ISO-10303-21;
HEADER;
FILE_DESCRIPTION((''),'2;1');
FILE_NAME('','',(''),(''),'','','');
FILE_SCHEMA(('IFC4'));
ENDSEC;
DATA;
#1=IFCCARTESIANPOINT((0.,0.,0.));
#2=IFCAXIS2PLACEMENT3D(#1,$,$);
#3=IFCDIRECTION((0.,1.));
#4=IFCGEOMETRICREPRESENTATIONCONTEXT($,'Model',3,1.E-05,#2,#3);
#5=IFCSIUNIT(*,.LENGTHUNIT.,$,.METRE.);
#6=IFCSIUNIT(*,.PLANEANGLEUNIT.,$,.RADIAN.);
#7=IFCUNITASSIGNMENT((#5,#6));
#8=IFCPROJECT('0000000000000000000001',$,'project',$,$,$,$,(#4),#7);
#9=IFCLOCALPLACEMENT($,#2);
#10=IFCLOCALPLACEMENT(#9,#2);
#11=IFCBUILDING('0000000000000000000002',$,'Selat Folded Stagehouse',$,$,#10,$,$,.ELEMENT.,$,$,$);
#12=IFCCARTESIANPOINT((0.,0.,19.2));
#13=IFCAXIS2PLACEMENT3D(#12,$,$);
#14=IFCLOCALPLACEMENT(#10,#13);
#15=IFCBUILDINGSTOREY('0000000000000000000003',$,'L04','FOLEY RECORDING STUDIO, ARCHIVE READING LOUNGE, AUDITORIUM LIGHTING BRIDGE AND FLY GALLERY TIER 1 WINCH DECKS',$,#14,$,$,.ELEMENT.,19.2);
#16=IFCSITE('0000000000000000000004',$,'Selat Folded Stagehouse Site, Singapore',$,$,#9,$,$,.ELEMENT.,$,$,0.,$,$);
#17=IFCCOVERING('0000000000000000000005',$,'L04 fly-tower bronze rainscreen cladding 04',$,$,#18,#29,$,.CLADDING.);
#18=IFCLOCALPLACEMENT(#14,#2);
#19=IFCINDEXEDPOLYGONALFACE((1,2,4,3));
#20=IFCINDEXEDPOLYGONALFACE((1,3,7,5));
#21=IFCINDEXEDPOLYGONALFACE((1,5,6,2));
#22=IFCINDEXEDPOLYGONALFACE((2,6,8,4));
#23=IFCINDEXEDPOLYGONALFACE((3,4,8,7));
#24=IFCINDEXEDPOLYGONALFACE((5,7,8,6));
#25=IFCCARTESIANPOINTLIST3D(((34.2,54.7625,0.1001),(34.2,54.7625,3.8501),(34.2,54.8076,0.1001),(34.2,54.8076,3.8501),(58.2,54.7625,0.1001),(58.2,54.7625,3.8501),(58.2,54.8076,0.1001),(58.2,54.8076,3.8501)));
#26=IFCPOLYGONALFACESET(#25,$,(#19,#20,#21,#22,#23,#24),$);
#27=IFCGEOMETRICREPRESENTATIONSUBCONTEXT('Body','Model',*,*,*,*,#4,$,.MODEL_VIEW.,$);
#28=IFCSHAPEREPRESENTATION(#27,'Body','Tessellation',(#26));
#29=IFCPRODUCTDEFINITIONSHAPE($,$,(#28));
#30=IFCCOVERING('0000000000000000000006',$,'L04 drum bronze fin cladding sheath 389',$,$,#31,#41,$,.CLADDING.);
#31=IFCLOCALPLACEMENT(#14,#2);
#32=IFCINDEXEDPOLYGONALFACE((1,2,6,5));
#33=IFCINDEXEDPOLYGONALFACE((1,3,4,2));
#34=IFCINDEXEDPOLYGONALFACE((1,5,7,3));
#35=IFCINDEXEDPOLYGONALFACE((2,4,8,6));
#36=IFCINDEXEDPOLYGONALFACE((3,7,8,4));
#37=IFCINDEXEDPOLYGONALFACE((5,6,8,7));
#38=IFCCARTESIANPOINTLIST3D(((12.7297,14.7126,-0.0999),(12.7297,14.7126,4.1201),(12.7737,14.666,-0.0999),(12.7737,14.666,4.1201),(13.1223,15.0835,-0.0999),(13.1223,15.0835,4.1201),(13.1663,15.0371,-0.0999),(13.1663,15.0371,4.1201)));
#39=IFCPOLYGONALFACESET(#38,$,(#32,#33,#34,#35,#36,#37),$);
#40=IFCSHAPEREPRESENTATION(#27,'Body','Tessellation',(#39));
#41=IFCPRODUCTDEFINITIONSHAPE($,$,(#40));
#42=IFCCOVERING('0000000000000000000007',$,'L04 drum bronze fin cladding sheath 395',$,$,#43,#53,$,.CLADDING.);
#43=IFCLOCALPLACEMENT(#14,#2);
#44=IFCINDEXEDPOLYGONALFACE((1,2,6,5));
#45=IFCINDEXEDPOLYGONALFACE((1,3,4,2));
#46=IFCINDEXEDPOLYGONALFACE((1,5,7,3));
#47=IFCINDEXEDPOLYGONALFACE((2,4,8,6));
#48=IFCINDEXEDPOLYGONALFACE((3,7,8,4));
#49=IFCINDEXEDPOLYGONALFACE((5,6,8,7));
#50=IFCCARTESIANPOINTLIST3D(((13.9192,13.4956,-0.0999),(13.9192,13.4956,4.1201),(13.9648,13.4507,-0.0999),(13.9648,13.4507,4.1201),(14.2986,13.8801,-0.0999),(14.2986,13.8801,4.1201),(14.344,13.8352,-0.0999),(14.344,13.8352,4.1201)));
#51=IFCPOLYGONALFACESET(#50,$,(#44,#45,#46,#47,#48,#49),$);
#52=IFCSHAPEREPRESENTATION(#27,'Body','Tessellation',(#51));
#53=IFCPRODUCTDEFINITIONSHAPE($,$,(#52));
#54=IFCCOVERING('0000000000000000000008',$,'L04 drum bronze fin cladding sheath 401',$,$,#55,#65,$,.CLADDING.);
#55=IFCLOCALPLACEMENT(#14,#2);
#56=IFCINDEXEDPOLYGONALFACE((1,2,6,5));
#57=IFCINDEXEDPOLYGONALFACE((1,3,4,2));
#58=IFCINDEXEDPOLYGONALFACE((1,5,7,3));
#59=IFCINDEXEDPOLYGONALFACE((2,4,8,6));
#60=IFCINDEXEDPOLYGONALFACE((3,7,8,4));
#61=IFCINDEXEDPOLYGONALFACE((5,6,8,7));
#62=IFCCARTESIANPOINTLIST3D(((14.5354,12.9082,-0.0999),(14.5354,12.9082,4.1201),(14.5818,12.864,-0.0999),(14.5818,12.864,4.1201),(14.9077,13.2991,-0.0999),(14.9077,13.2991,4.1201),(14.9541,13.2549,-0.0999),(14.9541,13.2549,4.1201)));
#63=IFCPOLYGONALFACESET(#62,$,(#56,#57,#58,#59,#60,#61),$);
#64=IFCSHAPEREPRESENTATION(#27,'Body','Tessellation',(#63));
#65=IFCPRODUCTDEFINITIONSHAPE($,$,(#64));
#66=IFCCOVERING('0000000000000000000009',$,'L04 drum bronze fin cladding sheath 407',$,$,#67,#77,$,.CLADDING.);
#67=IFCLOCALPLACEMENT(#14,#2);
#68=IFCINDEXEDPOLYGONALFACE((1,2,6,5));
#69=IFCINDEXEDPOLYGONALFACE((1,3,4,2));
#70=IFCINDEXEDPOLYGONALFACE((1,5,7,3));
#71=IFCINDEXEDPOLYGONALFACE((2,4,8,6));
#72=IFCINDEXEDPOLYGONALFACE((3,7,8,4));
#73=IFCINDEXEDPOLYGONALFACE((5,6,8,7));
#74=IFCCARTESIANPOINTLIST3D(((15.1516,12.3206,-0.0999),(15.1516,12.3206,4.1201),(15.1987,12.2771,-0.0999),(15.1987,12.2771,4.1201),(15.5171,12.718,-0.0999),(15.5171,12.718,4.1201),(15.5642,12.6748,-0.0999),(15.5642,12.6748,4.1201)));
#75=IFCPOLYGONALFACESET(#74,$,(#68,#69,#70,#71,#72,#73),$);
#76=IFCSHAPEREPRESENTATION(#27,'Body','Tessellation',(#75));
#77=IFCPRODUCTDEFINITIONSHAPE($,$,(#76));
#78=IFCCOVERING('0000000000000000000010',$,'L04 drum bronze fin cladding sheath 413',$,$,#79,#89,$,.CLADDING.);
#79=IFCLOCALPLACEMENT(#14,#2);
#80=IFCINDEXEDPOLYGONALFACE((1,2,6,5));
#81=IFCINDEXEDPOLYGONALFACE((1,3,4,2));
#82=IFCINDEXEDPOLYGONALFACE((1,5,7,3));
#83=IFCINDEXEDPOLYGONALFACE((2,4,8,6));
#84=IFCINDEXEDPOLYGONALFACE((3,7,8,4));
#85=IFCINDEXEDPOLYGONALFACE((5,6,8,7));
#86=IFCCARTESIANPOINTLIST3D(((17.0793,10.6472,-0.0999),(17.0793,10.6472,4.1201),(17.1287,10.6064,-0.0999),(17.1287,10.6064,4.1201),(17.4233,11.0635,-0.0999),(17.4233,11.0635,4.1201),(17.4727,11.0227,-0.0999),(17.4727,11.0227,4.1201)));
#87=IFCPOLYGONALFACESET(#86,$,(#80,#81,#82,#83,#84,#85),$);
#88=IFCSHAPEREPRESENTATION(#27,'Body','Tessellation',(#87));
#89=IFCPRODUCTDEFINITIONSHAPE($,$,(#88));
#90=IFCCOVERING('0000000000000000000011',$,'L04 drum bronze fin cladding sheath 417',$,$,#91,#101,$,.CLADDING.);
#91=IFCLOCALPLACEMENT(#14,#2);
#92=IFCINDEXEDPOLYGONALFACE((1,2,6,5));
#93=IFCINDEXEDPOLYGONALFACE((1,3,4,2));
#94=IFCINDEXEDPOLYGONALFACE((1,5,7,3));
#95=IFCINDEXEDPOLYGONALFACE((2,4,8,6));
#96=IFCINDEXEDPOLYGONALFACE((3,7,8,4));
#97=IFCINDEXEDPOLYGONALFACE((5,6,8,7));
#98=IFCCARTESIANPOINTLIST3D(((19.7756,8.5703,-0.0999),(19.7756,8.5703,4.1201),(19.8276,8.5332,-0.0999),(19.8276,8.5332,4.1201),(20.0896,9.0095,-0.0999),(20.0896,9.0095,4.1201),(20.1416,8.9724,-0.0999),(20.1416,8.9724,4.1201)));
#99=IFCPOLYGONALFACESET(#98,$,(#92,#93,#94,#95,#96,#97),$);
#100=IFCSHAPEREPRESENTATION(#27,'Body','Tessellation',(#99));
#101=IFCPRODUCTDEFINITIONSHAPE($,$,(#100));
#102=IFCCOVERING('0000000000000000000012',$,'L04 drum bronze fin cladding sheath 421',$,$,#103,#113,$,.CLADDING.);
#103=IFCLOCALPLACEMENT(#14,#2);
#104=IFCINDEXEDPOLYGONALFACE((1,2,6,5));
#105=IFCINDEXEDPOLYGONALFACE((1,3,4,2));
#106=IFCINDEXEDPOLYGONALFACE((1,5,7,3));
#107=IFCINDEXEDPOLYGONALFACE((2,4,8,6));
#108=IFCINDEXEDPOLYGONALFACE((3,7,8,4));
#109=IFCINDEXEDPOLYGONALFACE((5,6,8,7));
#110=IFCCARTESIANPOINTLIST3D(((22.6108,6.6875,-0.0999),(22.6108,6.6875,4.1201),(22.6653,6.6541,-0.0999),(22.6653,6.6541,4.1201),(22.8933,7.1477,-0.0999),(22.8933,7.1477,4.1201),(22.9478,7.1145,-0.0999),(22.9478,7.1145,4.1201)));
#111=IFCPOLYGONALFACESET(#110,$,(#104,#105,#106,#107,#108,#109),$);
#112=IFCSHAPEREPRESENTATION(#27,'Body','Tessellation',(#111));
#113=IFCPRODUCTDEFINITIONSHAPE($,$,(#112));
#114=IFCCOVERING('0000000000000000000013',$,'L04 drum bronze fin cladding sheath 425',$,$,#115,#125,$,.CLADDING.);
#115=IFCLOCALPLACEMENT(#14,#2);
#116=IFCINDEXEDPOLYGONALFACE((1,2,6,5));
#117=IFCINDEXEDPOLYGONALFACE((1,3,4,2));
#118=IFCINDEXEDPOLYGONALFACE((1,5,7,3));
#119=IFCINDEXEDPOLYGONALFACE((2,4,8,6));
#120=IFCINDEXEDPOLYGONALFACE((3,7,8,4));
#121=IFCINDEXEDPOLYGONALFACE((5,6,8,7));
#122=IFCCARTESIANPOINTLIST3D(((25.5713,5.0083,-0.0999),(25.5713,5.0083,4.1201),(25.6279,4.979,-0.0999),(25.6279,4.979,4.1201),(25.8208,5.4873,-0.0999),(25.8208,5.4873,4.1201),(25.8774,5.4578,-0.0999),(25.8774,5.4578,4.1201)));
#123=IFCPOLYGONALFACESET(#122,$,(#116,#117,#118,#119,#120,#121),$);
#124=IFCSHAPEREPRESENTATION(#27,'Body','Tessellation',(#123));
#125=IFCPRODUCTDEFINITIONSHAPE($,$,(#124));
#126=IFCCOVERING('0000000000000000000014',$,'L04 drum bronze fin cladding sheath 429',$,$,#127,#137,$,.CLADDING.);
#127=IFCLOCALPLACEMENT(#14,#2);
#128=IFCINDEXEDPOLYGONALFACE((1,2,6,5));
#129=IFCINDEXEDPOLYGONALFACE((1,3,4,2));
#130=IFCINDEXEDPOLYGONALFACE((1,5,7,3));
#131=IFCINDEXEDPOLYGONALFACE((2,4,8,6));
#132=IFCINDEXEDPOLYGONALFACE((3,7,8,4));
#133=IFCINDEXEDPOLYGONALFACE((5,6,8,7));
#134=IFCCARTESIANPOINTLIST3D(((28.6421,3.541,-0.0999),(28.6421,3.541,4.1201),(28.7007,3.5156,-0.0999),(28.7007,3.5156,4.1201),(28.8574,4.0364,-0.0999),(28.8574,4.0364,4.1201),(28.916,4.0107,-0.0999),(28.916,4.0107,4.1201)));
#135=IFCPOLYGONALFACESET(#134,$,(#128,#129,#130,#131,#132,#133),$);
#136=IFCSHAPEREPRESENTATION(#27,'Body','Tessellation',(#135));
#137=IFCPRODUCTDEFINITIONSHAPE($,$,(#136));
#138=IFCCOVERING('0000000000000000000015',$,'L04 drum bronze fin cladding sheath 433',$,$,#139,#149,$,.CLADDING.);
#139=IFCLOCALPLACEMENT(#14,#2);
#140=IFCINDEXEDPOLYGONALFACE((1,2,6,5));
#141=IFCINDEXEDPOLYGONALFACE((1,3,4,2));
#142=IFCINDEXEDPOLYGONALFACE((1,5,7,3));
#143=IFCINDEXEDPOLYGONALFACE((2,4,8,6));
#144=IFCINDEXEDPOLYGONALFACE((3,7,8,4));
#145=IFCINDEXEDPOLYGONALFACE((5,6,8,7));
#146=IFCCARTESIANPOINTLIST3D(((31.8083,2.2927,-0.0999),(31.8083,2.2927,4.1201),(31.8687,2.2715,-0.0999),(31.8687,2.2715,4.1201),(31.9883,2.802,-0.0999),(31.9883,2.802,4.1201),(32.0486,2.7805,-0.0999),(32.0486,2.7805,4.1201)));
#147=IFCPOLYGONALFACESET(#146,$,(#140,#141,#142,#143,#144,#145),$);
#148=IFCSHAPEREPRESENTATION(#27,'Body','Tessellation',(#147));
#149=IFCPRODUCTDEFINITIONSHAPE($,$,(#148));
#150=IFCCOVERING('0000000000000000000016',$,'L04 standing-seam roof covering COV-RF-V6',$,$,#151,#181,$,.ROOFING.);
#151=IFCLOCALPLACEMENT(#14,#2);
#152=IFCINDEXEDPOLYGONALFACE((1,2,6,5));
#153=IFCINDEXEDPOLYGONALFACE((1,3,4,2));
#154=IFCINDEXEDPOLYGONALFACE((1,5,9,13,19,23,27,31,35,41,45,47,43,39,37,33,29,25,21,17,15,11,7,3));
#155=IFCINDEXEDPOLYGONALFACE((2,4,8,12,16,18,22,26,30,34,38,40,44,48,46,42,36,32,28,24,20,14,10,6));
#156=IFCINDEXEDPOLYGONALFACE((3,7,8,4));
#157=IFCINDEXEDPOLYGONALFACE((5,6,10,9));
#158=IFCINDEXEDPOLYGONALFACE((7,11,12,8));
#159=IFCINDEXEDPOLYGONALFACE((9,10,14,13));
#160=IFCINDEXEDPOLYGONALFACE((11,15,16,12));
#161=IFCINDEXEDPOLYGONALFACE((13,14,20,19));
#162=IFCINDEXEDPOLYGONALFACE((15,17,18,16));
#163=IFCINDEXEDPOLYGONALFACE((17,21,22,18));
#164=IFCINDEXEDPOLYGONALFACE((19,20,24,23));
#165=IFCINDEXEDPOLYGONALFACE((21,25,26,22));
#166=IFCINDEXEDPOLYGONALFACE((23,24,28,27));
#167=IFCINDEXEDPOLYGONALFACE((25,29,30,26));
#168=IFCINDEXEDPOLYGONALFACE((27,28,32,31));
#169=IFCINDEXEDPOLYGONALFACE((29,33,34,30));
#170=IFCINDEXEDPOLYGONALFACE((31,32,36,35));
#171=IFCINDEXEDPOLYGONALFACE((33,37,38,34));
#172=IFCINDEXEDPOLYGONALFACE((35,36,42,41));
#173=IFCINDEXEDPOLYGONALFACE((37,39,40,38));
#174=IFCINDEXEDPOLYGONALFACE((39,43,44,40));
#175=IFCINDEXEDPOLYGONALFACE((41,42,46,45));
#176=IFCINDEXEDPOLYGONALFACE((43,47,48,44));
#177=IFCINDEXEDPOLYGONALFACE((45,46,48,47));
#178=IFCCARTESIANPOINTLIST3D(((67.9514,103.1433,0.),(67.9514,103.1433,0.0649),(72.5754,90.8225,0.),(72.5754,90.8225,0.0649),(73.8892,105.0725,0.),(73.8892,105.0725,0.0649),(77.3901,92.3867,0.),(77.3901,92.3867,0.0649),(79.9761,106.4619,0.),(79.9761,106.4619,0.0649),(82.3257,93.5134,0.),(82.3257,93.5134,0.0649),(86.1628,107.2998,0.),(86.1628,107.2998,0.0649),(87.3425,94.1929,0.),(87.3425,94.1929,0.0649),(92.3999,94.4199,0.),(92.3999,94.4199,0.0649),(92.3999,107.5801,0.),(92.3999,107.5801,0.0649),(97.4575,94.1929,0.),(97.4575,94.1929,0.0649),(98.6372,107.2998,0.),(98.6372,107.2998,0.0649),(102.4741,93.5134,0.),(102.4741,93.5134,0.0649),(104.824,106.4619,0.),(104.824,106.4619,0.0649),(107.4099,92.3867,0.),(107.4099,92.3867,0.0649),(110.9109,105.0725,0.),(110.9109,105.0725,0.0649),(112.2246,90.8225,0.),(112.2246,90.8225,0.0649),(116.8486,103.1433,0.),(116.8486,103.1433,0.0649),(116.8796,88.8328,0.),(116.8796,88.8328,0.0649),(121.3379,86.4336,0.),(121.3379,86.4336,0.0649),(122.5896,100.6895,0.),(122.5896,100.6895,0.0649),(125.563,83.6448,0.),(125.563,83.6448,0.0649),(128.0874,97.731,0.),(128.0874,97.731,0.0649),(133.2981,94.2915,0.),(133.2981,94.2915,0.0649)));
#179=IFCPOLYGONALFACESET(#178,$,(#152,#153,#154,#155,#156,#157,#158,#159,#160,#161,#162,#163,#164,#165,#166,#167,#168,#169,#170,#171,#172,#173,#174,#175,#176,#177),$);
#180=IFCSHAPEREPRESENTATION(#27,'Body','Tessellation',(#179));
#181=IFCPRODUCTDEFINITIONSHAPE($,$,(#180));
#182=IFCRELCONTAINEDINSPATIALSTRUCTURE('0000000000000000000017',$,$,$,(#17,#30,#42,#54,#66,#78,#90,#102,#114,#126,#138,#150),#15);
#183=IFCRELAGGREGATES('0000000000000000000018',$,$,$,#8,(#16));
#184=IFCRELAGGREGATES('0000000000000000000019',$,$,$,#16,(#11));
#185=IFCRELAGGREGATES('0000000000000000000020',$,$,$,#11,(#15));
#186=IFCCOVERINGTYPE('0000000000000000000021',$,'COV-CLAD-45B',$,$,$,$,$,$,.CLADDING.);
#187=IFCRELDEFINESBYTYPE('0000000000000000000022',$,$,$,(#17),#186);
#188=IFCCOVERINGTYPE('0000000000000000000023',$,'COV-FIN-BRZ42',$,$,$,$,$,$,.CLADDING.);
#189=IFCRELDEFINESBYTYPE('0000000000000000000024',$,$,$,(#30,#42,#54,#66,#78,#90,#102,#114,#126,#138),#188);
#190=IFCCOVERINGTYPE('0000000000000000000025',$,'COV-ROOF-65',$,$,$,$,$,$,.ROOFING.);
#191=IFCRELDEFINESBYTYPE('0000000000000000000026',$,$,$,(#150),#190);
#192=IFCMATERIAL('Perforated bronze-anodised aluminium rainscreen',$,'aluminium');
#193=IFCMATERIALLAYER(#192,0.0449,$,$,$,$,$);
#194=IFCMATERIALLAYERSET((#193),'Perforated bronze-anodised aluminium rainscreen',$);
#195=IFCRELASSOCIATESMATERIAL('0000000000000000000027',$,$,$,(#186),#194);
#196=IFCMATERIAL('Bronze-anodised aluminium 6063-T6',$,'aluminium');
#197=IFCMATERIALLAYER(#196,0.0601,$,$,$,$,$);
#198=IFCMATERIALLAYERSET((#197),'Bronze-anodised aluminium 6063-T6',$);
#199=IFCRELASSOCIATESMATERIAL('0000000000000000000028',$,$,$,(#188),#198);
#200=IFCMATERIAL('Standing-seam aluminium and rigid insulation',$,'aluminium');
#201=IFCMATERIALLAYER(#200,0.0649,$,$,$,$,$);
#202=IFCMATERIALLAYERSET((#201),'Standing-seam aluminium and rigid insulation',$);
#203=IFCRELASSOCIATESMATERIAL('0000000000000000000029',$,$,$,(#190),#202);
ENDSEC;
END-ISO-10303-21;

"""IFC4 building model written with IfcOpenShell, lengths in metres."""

from ifc_helpers import new_model, si_unit, direction, frame, origin, place, context, subcontext, project, spatial, polyline, outline, extrude, material, layer, layer_set, type_object, element, save


model = new_model("IFC4")

# Units and contexts
model_context = context("Model", 3, precision=1e-05, world=origin(), true_north=direction((0.0, 1.0)))
body_context = subcontext(model_context, "Body", "Model", "MODEL_VIEW")
ifc_project = project(units=[si_unit("LENGTHUNIT", "METRE"), si_unit("PLANEANGLEUNIT", "RADIAN")], contexts=[model_context])

# Site, building, storey
site_placement = place(None, origin())
site = spatial("IfcSite", under=ifc_project, at=site_placement, Name="Selat Folded Stagehouse Site, Singapore", CompositionType="ELEMENT", RefElevation=0.0)
building_placement = place(site_placement, origin())
building = spatial("IfcBuilding", under=site, at=building_placement, Name="Selat Folded Stagehouse", CompositionType="ELEMENT")
storey_placement = place(building_placement, frame((0.0, 0.0, 19.2)))
storey = spatial("IfcBuildingStorey", under=building, at=storey_placement, Name="L04", Description="FOLEY RECORDING STUDIO, ARCHIVE READING LOUNGE, AUDITORIUM LIGHTING BRIDGE AND FLY GALLERY TIER 1 WINCH DECKS", CompositionType="ELEMENT", Elevation=19.2)

# Coverings
ifc_material_1 = material(Name="Perforated bronze-anodised aluminium rainscreen", Category="aluminium")
ifc_layer_1 = layer(ifc_material_1, 0.0449)
ifc_layer_set_1 = layer_set([ifc_layer_1], Name="Perforated bronze-anodised aluminium rainscreen")
covering_type_1 = type_object("IfcCoveringType", Name="COV-CLAD-45B", PredefinedType="CLADDING", material=ifc_layer_set_1)
covering_1_placement = place(storey_placement, frame((0.0, 0.0, 0.1001)))
element("IfcCovering", 1, at=covering_1_placement, inside=storey, type_object=covering_type_1, Name="L04 fly-tower bronze rainscreen cladding 04", PredefinedType="CLADDING", context=body_context, shape_type="SweptSolid", body=[
    extrude(outline(polyline([(34.2, 54.7625), (58.2, 54.7625), (58.2, 54.8076), (34.2, 54.8076), (34.2, 54.7625)])), origin(), (0.0, 0.0, 1.0), 3.75),
])
ifc_material_2 = material(Name="Bronze-anodised aluminium 6063-T6", Category="aluminium")
ifc_layer_2 = layer(ifc_material_2, 0.0601)
ifc_layer_set_2 = layer_set([ifc_layer_2], Name="Bronze-anodised aluminium 6063-T6")
covering_type_2 = type_object("IfcCoveringType", Name="COV-FIN-BRZ42", PredefinedType="CLADDING", material=ifc_layer_set_2)
covering_2_placement = place(storey_placement, frame((0.0, 0.0, -0.0999)))
element("IfcCovering", 2, at=covering_2_placement, inside=storey, type_object=covering_type_2, Name="L04 drum bronze fin cladding sheath 389", PredefinedType="CLADDING", context=body_context, shape_type="SweptSolid", body=[
    extrude(outline(polyline([(13.1223, 15.0835), (12.7297, 14.7126), (12.7737, 14.666), (13.1663, 15.0371), (13.1223, 15.0835)])), origin(), (0.0, 0.0, 1.0), 4.22),
])
covering_3_placement = place(storey_placement, frame((0.0, 0.0, -0.0999)))
element("IfcCovering", 3, at=covering_3_placement, inside=storey, type_object=covering_type_2, Name="L04 drum bronze fin cladding sheath 395", PredefinedType="CLADDING", context=body_context, shape_type="SweptSolid", body=[
    extrude(outline(polyline([(14.2986, 13.8801), (13.9192, 13.4956), (13.9648, 13.4507), (14.344, 13.8352), (14.2986, 13.8801)])), origin(), (0.0, 0.0, 1.0), 4.22),
])
covering_4_placement = place(storey_placement, frame((0.0, 0.0, -0.0999)))
element("IfcCovering", 4, at=covering_4_placement, inside=storey, type_object=covering_type_2, Name="L04 drum bronze fin cladding sheath 401", PredefinedType="CLADDING", context=body_context, shape_type="SweptSolid", body=[
    extrude(outline(polyline([(14.9077, 13.2991), (14.5354, 12.9082), (14.5818, 12.864), (14.9541, 13.2549), (14.9077, 13.2991)])), origin(), (0.0, 0.0, 1.0), 4.22),
])
covering_5_placement = place(storey_placement, frame((0.0, 0.0, -0.0999)))
element("IfcCovering", 5, at=covering_5_placement, inside=storey, type_object=covering_type_2, Name="L04 drum bronze fin cladding sheath 407", PredefinedType="CLADDING", context=body_context, shape_type="SweptSolid", body=[
    extrude(outline(polyline([(15.5171, 12.718), (15.1516, 12.3206), (15.1987, 12.2771), (15.5642, 12.6748), (15.5171, 12.718)])), origin(), (0.0, 0.0, 1.0), 4.22),
])
covering_6_placement = place(storey_placement, frame((0.0, 0.0, -0.0999)))
element("IfcCovering", 6, at=covering_6_placement, inside=storey, type_object=covering_type_2, Name="L04 drum bronze fin cladding sheath 413", PredefinedType="CLADDING", context=body_context, shape_type="SweptSolid", body=[
    extrude(outline(polyline([(17.4233, 11.0635), (17.0793, 10.6472), (17.1287, 10.6064), (17.4727, 11.0227), (17.4233, 11.0635)])), origin(), (0.0, 0.0, 1.0), 4.22),
])
covering_7_placement = place(storey_placement, frame((0.0, 0.0, -0.0999)))
element("IfcCovering", 7, at=covering_7_placement, inside=storey, type_object=covering_type_2, Name="L04 drum bronze fin cladding sheath 417", PredefinedType="CLADDING", context=body_context, shape_type="SweptSolid", body=[
    extrude(outline(polyline([(20.0896, 9.0095), (19.7756, 8.5703), (19.8276, 8.5332), (20.1416, 8.9724), (20.0896, 9.0095)])), origin(), (0.0, 0.0, 1.0), 4.22),
])
covering_8_placement = place(storey_placement, frame((0.0, 0.0, -0.0999)))
element("IfcCovering", 8, at=covering_8_placement, inside=storey, type_object=covering_type_2, Name="L04 drum bronze fin cladding sheath 421", PredefinedType="CLADDING", context=body_context, shape_type="SweptSolid", body=[
    extrude(outline(polyline([(22.8933, 7.1477), (22.6108, 6.6875), (22.6653, 6.6541), (22.9478, 7.1145), (22.8933, 7.1477)])), origin(), (0.0, 0.0, 1.0), 4.22),
])
covering_9_placement = place(storey_placement, frame((0.0, 0.0, -0.0999)))
element("IfcCovering", 9, at=covering_9_placement, inside=storey, type_object=covering_type_2, Name="L04 drum bronze fin cladding sheath 425", PredefinedType="CLADDING", context=body_context, shape_type="SweptSolid", body=[
    extrude(outline(polyline([(25.8208, 5.4873), (25.5713, 5.0083), (25.6279, 4.979), (25.8774, 5.4578), (25.8208, 5.4873)])), origin(), (0.0, 0.0, 1.0), 4.22),
])
covering_10_placement = place(storey_placement, frame((0.0, 0.0, -0.0999)))
element("IfcCovering", 10, at=covering_10_placement, inside=storey, type_object=covering_type_2, Name="L04 drum bronze fin cladding sheath 429", PredefinedType="CLADDING", context=body_context, shape_type="SweptSolid", body=[
    extrude(outline(polyline([(28.8574, 4.0364), (28.6421, 3.541), (28.7007, 3.5156), (28.916, 4.0107), (28.8574, 4.0364)])), origin(), (0.0, 0.0, 1.0), 4.22),
])
covering_11_placement = place(storey_placement, frame((0.0, 0.0, -0.0999)))
element("IfcCovering", 11, at=covering_11_placement, inside=storey, type_object=covering_type_2, Name="L04 drum bronze fin cladding sheath 433", PredefinedType="CLADDING", context=body_context, shape_type="SweptSolid", body=[
    extrude(outline(polyline([(31.9883, 2.802), (31.8083, 2.2927), (31.8687, 2.2715), (32.0486, 2.7805), (31.9883, 2.802)])), origin(), (0.0, 0.0, 1.0), 4.22),
])
ifc_material_3 = material(Name="Standing-seam aluminium and rigid insulation", Category="aluminium")
ifc_layer_3 = layer(ifc_material_3, 0.0649)
ifc_layer_set_3 = layer_set([ifc_layer_3], Name="Standing-seam aluminium and rigid insulation")
covering_type_3 = type_object("IfcCoveringType", Name="COV-ROOF-65", PredefinedType="ROOFING", material=ifc_layer_set_3)
covering_12_placement = place(storey_placement, origin())
element("IfcCovering", 12, at=covering_12_placement, inside=storey, type_object=covering_type_3, Name="L04 standing-seam roof covering COV-RF-V6", PredefinedType="ROOFING", context=body_context, shape_type="SweptSolid", body=[
    extrude(outline(polyline([(72.5754, 90.8225), (77.3901, 92.3867), (82.3257, 93.5134), (87.3425, 94.1929), (92.3999, 94.4199), (97.4575, 94.1929), (102.4741, 93.5134), (107.4099, 92.3867), (112.2246, 90.8225), (116.8796, 88.8328), (121.3379, 86.4336), (125.563, 83.6448), (133.2981, 94.2915), (128.0874, 97.731), (122.5896, 100.6895), (116.8486, 103.1433), (110.9109, 105.0725), (104.824, 106.4619), (98.6372, 107.2998), (92.3999, 107.5801), (86.1628, 107.2998), (79.9761, 106.4619), (73.8892, 105.0725), (67.9514, 103.1433), (72.5754, 90.8225)])), origin(), (0.0, 0.0, 1.0), 0.0649),
])

save(model, "model.ifc")
